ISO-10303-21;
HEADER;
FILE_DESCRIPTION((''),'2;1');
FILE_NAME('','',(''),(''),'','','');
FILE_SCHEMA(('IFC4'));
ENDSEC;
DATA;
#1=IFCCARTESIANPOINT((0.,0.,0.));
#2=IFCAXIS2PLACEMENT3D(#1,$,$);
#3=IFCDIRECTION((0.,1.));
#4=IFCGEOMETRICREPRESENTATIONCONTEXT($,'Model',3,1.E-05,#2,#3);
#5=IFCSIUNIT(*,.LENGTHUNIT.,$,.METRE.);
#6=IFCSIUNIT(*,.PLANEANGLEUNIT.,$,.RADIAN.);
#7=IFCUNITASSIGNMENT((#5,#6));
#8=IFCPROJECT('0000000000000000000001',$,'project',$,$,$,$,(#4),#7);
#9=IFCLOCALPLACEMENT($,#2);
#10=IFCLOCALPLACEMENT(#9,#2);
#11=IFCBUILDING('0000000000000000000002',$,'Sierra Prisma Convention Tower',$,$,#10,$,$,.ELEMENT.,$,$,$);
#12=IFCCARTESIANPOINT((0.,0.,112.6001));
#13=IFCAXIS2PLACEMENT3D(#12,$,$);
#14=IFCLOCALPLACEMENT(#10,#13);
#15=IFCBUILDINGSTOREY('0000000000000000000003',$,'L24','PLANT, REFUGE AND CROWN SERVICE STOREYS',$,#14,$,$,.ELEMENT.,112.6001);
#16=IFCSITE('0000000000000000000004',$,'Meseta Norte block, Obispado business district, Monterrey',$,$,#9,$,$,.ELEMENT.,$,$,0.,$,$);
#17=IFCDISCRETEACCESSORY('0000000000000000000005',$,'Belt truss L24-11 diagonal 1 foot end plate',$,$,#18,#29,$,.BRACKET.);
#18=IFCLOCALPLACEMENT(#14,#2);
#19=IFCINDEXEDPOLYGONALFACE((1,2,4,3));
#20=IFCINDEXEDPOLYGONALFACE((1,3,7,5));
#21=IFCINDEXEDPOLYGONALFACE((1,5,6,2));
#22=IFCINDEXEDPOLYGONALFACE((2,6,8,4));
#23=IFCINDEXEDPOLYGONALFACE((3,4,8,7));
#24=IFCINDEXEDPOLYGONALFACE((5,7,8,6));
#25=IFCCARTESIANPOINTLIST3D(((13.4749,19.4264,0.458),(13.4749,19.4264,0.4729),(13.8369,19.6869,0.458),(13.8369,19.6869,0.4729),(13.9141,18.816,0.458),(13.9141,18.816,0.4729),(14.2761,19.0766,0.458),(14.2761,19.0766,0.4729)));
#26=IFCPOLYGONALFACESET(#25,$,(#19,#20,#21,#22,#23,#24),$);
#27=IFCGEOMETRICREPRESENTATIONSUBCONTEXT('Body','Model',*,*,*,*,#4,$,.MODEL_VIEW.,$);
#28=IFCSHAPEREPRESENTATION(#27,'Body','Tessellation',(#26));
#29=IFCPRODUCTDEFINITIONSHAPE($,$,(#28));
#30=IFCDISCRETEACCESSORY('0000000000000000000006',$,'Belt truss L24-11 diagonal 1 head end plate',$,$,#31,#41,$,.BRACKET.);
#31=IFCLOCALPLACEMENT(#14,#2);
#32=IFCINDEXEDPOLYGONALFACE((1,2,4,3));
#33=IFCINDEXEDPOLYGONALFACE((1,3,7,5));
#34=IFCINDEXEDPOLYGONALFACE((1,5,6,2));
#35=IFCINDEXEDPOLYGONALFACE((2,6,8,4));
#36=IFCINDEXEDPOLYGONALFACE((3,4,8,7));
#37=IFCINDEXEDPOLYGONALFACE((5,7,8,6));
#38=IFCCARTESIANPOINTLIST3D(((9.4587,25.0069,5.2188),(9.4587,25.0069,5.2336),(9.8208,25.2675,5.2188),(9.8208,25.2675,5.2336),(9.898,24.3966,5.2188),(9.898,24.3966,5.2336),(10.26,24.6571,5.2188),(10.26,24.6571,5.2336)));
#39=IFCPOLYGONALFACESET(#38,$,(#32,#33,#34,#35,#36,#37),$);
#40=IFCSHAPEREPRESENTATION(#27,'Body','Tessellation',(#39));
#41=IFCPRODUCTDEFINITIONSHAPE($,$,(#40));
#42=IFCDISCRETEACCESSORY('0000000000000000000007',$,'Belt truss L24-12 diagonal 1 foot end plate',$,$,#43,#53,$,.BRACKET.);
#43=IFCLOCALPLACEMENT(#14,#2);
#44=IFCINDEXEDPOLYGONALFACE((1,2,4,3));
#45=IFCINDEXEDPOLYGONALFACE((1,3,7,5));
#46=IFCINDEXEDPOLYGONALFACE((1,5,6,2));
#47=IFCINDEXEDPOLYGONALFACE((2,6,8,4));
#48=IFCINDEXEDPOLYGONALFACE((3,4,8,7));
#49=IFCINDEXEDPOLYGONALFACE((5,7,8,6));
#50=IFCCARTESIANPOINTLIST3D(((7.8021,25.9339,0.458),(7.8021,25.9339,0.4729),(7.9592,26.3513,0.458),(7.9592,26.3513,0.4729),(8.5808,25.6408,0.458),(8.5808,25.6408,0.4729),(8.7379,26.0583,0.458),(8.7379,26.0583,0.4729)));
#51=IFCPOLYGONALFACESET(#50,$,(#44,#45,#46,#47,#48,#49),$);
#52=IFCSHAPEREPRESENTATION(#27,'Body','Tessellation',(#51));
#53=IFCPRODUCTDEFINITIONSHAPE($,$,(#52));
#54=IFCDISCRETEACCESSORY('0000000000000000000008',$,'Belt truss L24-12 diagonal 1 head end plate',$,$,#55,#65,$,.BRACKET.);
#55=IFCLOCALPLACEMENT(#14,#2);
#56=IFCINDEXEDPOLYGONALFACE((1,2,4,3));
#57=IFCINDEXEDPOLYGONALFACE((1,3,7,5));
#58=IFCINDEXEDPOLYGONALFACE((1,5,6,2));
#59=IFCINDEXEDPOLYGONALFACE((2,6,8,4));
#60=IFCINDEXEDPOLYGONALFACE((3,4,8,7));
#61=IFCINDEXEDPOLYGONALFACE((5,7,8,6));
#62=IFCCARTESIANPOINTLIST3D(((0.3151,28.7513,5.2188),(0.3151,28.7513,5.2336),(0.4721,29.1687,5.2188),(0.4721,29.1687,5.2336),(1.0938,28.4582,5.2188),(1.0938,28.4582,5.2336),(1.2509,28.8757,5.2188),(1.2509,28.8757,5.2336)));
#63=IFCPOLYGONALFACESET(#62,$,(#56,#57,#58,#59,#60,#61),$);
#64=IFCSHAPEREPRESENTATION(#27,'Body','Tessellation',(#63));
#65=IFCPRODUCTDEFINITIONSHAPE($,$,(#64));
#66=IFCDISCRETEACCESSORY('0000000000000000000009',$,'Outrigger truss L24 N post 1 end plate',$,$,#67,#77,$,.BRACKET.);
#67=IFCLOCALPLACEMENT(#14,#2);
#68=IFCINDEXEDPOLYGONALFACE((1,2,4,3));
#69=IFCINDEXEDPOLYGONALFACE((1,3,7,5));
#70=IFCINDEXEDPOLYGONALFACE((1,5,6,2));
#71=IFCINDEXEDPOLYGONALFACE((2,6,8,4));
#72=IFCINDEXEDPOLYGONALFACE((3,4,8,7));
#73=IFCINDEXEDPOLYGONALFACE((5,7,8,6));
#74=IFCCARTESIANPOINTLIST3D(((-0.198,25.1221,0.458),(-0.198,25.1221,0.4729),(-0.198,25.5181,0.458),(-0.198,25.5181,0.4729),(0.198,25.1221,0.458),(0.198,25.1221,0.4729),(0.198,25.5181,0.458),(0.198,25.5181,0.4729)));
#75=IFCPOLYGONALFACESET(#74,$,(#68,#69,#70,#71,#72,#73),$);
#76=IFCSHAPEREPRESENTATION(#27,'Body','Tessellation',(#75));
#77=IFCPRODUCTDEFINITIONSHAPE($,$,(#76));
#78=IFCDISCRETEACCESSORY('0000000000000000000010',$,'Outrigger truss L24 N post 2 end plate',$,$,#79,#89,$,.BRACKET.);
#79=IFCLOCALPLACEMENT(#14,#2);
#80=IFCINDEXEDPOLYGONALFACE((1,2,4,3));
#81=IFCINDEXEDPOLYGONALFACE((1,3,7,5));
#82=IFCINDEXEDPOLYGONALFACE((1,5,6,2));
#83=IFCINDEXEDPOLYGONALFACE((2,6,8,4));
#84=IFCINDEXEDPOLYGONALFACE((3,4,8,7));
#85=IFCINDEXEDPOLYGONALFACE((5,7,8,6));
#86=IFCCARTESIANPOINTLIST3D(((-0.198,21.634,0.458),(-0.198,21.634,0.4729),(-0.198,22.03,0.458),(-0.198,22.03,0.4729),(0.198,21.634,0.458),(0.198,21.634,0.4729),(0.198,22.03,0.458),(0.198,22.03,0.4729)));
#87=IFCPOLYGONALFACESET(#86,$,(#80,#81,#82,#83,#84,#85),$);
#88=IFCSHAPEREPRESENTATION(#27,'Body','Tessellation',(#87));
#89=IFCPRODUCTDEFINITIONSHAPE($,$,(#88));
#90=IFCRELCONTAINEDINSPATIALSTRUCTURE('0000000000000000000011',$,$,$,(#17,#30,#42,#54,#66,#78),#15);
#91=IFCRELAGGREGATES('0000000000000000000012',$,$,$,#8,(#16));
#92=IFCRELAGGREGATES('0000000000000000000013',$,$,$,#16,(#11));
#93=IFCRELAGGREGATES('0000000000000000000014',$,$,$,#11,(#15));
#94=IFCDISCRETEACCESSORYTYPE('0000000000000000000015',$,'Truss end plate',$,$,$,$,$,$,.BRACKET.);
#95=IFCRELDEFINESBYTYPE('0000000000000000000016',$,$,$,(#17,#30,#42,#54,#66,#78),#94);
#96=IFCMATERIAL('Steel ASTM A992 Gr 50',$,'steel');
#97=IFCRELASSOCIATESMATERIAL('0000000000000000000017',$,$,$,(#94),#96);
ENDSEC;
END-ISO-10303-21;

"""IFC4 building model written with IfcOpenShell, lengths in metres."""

from ifc_helpers import new_model, si_unit, direction, frame, origin, origin_2d, place, context, subcontext, project, spatial, rectangle, extrude, material, type_object, element, save


model = new_model("IFC4")

# Units and contexts
model_context = context("Model", 3, precision=1e-05, world=origin(), true_north=direction((0.0, 1.0)))
body_context = subcontext(model_context, "Body", "Model", "MODEL_VIEW")
ifc_project = project(units=[si_unit("LENGTHUNIT", "METRE"), si_unit("PLANEANGLEUNIT", "RADIAN")], contexts=[model_context])

# Site, building, storey
site_placement = place(None, origin())
site = spatial("IfcSite", under=ifc_project, at=site_placement, Name="Meseta Norte block, Obispado business district, Monterrey", CompositionType="ELEMENT", RefElevation=0.0)
building_placement = place(site_placement, origin())
building = spatial("IfcBuilding", under=site, at=building_placement, Name="Sierra Prisma Convention Tower", CompositionType="ELEMENT")
storey_placement = place(building_placement, frame((0.0, 0.0, 112.6001)))
storey = spatial("IfcBuildingStorey", under=building, at=storey_placement, Name="L24", Description="PLANT, REFUGE AND CROWN SERVICE STOREYS", CompositionType="ELEMENT", Elevation=112.6001)

# Discrete accessories
ifc_material_1 = material(Name="Steel ASTM A992 Gr 50", Category="steel")
discrete_accessory_type = type_object("IfcDiscreteAccessoryType", Name="Truss end plate", PredefinedType="BRACKET", material=ifc_material_1)
for number, where, z_axis, x_axis, name in (
    (1, (13.8755, 19.2515, 0.458), (0.0, 0.0, 1.0), (-0.584124, 0.811665, 0.0), "Belt truss L24-11 diagonal 1 foot end plate"),
    (2, (9.8594, 24.832, 5.2188), (0.0, 0.0, 1.0), (-0.584124, 0.811665, 0.0), "Belt truss L24-11 diagonal 1 head end plate"),
):
    element("IfcDiscreteAccessory", number, at=place(storey_placement, frame(where, z_axis=z_axis, x_axis=x_axis)), inside=storey, type_object=discrete_accessory_type, Name=name, PredefinedType="BRACKET", context=body_context, shape_type="SweptSolid", body=[
        extrude(rectangle(XDim=0.752, YDim=0.446, at=origin_2d()), origin(), (0.0, 0.0, 1.0), 0.0149),
    ])
for number, where, z_axis, x_axis, name in (
    (3, (8.27, 25.9961, 0.458), (0.0, 0.0, 1.0), (-0.935924, 0.352203, 0.0), "Belt truss L24-12 diagonal 1 foot end plate"),
    (4, (0.783, 28.8135, 5.2188), (0.0, 0.0, 1.0), (-0.935924, 0.352203, 0.0), "Belt truss L24-12 diagonal 1 head end plate"),
):
    element("IfcDiscreteAccessory", number, at=place(storey_placement, frame(where, z_axis=z_axis, x_axis=x_axis)), inside=storey, type_object=discrete_accessory_type, Name=name, PredefinedType="BRACKET", context=body_context, shape_type="SweptSolid", body=[
        extrude(rectangle(XDim=0.832, YDim=0.446, at=origin_2d()), origin(), (0.0, 0.0, 1.0), 0.0149),
    ])
for number, where, z_axis, x_axis, name in (
    (5, (0.0, 25.3201, 0.458), (0.0, 0.0, 1.0), (0.0, -1.0, 0.0), "Outrigger truss L24 N post 1 end plate"),
    (6, (0.0, 21.832, 0.458), (0.0, 0.0, 1.0), (0.0, -1.0, 0.0), "Outrigger truss L24 N post 2 end plate"),
):
    element("IfcDiscreteAccessory", number, at=place(storey_placement, frame(where, z_axis=z_axis, x_axis=x_axis)), inside=storey, type_object=discrete_accessory_type, Name=name, PredefinedType="BRACKET", context=body_context, shape_type="SweptSolid", body=[
        extrude(rectangle(XDim=0.396, YDim=0.396, at=origin_2d()), origin(), (0.0, 0.0, 1.0), 0.0149),
    ])

save(model, "model.ifc")
